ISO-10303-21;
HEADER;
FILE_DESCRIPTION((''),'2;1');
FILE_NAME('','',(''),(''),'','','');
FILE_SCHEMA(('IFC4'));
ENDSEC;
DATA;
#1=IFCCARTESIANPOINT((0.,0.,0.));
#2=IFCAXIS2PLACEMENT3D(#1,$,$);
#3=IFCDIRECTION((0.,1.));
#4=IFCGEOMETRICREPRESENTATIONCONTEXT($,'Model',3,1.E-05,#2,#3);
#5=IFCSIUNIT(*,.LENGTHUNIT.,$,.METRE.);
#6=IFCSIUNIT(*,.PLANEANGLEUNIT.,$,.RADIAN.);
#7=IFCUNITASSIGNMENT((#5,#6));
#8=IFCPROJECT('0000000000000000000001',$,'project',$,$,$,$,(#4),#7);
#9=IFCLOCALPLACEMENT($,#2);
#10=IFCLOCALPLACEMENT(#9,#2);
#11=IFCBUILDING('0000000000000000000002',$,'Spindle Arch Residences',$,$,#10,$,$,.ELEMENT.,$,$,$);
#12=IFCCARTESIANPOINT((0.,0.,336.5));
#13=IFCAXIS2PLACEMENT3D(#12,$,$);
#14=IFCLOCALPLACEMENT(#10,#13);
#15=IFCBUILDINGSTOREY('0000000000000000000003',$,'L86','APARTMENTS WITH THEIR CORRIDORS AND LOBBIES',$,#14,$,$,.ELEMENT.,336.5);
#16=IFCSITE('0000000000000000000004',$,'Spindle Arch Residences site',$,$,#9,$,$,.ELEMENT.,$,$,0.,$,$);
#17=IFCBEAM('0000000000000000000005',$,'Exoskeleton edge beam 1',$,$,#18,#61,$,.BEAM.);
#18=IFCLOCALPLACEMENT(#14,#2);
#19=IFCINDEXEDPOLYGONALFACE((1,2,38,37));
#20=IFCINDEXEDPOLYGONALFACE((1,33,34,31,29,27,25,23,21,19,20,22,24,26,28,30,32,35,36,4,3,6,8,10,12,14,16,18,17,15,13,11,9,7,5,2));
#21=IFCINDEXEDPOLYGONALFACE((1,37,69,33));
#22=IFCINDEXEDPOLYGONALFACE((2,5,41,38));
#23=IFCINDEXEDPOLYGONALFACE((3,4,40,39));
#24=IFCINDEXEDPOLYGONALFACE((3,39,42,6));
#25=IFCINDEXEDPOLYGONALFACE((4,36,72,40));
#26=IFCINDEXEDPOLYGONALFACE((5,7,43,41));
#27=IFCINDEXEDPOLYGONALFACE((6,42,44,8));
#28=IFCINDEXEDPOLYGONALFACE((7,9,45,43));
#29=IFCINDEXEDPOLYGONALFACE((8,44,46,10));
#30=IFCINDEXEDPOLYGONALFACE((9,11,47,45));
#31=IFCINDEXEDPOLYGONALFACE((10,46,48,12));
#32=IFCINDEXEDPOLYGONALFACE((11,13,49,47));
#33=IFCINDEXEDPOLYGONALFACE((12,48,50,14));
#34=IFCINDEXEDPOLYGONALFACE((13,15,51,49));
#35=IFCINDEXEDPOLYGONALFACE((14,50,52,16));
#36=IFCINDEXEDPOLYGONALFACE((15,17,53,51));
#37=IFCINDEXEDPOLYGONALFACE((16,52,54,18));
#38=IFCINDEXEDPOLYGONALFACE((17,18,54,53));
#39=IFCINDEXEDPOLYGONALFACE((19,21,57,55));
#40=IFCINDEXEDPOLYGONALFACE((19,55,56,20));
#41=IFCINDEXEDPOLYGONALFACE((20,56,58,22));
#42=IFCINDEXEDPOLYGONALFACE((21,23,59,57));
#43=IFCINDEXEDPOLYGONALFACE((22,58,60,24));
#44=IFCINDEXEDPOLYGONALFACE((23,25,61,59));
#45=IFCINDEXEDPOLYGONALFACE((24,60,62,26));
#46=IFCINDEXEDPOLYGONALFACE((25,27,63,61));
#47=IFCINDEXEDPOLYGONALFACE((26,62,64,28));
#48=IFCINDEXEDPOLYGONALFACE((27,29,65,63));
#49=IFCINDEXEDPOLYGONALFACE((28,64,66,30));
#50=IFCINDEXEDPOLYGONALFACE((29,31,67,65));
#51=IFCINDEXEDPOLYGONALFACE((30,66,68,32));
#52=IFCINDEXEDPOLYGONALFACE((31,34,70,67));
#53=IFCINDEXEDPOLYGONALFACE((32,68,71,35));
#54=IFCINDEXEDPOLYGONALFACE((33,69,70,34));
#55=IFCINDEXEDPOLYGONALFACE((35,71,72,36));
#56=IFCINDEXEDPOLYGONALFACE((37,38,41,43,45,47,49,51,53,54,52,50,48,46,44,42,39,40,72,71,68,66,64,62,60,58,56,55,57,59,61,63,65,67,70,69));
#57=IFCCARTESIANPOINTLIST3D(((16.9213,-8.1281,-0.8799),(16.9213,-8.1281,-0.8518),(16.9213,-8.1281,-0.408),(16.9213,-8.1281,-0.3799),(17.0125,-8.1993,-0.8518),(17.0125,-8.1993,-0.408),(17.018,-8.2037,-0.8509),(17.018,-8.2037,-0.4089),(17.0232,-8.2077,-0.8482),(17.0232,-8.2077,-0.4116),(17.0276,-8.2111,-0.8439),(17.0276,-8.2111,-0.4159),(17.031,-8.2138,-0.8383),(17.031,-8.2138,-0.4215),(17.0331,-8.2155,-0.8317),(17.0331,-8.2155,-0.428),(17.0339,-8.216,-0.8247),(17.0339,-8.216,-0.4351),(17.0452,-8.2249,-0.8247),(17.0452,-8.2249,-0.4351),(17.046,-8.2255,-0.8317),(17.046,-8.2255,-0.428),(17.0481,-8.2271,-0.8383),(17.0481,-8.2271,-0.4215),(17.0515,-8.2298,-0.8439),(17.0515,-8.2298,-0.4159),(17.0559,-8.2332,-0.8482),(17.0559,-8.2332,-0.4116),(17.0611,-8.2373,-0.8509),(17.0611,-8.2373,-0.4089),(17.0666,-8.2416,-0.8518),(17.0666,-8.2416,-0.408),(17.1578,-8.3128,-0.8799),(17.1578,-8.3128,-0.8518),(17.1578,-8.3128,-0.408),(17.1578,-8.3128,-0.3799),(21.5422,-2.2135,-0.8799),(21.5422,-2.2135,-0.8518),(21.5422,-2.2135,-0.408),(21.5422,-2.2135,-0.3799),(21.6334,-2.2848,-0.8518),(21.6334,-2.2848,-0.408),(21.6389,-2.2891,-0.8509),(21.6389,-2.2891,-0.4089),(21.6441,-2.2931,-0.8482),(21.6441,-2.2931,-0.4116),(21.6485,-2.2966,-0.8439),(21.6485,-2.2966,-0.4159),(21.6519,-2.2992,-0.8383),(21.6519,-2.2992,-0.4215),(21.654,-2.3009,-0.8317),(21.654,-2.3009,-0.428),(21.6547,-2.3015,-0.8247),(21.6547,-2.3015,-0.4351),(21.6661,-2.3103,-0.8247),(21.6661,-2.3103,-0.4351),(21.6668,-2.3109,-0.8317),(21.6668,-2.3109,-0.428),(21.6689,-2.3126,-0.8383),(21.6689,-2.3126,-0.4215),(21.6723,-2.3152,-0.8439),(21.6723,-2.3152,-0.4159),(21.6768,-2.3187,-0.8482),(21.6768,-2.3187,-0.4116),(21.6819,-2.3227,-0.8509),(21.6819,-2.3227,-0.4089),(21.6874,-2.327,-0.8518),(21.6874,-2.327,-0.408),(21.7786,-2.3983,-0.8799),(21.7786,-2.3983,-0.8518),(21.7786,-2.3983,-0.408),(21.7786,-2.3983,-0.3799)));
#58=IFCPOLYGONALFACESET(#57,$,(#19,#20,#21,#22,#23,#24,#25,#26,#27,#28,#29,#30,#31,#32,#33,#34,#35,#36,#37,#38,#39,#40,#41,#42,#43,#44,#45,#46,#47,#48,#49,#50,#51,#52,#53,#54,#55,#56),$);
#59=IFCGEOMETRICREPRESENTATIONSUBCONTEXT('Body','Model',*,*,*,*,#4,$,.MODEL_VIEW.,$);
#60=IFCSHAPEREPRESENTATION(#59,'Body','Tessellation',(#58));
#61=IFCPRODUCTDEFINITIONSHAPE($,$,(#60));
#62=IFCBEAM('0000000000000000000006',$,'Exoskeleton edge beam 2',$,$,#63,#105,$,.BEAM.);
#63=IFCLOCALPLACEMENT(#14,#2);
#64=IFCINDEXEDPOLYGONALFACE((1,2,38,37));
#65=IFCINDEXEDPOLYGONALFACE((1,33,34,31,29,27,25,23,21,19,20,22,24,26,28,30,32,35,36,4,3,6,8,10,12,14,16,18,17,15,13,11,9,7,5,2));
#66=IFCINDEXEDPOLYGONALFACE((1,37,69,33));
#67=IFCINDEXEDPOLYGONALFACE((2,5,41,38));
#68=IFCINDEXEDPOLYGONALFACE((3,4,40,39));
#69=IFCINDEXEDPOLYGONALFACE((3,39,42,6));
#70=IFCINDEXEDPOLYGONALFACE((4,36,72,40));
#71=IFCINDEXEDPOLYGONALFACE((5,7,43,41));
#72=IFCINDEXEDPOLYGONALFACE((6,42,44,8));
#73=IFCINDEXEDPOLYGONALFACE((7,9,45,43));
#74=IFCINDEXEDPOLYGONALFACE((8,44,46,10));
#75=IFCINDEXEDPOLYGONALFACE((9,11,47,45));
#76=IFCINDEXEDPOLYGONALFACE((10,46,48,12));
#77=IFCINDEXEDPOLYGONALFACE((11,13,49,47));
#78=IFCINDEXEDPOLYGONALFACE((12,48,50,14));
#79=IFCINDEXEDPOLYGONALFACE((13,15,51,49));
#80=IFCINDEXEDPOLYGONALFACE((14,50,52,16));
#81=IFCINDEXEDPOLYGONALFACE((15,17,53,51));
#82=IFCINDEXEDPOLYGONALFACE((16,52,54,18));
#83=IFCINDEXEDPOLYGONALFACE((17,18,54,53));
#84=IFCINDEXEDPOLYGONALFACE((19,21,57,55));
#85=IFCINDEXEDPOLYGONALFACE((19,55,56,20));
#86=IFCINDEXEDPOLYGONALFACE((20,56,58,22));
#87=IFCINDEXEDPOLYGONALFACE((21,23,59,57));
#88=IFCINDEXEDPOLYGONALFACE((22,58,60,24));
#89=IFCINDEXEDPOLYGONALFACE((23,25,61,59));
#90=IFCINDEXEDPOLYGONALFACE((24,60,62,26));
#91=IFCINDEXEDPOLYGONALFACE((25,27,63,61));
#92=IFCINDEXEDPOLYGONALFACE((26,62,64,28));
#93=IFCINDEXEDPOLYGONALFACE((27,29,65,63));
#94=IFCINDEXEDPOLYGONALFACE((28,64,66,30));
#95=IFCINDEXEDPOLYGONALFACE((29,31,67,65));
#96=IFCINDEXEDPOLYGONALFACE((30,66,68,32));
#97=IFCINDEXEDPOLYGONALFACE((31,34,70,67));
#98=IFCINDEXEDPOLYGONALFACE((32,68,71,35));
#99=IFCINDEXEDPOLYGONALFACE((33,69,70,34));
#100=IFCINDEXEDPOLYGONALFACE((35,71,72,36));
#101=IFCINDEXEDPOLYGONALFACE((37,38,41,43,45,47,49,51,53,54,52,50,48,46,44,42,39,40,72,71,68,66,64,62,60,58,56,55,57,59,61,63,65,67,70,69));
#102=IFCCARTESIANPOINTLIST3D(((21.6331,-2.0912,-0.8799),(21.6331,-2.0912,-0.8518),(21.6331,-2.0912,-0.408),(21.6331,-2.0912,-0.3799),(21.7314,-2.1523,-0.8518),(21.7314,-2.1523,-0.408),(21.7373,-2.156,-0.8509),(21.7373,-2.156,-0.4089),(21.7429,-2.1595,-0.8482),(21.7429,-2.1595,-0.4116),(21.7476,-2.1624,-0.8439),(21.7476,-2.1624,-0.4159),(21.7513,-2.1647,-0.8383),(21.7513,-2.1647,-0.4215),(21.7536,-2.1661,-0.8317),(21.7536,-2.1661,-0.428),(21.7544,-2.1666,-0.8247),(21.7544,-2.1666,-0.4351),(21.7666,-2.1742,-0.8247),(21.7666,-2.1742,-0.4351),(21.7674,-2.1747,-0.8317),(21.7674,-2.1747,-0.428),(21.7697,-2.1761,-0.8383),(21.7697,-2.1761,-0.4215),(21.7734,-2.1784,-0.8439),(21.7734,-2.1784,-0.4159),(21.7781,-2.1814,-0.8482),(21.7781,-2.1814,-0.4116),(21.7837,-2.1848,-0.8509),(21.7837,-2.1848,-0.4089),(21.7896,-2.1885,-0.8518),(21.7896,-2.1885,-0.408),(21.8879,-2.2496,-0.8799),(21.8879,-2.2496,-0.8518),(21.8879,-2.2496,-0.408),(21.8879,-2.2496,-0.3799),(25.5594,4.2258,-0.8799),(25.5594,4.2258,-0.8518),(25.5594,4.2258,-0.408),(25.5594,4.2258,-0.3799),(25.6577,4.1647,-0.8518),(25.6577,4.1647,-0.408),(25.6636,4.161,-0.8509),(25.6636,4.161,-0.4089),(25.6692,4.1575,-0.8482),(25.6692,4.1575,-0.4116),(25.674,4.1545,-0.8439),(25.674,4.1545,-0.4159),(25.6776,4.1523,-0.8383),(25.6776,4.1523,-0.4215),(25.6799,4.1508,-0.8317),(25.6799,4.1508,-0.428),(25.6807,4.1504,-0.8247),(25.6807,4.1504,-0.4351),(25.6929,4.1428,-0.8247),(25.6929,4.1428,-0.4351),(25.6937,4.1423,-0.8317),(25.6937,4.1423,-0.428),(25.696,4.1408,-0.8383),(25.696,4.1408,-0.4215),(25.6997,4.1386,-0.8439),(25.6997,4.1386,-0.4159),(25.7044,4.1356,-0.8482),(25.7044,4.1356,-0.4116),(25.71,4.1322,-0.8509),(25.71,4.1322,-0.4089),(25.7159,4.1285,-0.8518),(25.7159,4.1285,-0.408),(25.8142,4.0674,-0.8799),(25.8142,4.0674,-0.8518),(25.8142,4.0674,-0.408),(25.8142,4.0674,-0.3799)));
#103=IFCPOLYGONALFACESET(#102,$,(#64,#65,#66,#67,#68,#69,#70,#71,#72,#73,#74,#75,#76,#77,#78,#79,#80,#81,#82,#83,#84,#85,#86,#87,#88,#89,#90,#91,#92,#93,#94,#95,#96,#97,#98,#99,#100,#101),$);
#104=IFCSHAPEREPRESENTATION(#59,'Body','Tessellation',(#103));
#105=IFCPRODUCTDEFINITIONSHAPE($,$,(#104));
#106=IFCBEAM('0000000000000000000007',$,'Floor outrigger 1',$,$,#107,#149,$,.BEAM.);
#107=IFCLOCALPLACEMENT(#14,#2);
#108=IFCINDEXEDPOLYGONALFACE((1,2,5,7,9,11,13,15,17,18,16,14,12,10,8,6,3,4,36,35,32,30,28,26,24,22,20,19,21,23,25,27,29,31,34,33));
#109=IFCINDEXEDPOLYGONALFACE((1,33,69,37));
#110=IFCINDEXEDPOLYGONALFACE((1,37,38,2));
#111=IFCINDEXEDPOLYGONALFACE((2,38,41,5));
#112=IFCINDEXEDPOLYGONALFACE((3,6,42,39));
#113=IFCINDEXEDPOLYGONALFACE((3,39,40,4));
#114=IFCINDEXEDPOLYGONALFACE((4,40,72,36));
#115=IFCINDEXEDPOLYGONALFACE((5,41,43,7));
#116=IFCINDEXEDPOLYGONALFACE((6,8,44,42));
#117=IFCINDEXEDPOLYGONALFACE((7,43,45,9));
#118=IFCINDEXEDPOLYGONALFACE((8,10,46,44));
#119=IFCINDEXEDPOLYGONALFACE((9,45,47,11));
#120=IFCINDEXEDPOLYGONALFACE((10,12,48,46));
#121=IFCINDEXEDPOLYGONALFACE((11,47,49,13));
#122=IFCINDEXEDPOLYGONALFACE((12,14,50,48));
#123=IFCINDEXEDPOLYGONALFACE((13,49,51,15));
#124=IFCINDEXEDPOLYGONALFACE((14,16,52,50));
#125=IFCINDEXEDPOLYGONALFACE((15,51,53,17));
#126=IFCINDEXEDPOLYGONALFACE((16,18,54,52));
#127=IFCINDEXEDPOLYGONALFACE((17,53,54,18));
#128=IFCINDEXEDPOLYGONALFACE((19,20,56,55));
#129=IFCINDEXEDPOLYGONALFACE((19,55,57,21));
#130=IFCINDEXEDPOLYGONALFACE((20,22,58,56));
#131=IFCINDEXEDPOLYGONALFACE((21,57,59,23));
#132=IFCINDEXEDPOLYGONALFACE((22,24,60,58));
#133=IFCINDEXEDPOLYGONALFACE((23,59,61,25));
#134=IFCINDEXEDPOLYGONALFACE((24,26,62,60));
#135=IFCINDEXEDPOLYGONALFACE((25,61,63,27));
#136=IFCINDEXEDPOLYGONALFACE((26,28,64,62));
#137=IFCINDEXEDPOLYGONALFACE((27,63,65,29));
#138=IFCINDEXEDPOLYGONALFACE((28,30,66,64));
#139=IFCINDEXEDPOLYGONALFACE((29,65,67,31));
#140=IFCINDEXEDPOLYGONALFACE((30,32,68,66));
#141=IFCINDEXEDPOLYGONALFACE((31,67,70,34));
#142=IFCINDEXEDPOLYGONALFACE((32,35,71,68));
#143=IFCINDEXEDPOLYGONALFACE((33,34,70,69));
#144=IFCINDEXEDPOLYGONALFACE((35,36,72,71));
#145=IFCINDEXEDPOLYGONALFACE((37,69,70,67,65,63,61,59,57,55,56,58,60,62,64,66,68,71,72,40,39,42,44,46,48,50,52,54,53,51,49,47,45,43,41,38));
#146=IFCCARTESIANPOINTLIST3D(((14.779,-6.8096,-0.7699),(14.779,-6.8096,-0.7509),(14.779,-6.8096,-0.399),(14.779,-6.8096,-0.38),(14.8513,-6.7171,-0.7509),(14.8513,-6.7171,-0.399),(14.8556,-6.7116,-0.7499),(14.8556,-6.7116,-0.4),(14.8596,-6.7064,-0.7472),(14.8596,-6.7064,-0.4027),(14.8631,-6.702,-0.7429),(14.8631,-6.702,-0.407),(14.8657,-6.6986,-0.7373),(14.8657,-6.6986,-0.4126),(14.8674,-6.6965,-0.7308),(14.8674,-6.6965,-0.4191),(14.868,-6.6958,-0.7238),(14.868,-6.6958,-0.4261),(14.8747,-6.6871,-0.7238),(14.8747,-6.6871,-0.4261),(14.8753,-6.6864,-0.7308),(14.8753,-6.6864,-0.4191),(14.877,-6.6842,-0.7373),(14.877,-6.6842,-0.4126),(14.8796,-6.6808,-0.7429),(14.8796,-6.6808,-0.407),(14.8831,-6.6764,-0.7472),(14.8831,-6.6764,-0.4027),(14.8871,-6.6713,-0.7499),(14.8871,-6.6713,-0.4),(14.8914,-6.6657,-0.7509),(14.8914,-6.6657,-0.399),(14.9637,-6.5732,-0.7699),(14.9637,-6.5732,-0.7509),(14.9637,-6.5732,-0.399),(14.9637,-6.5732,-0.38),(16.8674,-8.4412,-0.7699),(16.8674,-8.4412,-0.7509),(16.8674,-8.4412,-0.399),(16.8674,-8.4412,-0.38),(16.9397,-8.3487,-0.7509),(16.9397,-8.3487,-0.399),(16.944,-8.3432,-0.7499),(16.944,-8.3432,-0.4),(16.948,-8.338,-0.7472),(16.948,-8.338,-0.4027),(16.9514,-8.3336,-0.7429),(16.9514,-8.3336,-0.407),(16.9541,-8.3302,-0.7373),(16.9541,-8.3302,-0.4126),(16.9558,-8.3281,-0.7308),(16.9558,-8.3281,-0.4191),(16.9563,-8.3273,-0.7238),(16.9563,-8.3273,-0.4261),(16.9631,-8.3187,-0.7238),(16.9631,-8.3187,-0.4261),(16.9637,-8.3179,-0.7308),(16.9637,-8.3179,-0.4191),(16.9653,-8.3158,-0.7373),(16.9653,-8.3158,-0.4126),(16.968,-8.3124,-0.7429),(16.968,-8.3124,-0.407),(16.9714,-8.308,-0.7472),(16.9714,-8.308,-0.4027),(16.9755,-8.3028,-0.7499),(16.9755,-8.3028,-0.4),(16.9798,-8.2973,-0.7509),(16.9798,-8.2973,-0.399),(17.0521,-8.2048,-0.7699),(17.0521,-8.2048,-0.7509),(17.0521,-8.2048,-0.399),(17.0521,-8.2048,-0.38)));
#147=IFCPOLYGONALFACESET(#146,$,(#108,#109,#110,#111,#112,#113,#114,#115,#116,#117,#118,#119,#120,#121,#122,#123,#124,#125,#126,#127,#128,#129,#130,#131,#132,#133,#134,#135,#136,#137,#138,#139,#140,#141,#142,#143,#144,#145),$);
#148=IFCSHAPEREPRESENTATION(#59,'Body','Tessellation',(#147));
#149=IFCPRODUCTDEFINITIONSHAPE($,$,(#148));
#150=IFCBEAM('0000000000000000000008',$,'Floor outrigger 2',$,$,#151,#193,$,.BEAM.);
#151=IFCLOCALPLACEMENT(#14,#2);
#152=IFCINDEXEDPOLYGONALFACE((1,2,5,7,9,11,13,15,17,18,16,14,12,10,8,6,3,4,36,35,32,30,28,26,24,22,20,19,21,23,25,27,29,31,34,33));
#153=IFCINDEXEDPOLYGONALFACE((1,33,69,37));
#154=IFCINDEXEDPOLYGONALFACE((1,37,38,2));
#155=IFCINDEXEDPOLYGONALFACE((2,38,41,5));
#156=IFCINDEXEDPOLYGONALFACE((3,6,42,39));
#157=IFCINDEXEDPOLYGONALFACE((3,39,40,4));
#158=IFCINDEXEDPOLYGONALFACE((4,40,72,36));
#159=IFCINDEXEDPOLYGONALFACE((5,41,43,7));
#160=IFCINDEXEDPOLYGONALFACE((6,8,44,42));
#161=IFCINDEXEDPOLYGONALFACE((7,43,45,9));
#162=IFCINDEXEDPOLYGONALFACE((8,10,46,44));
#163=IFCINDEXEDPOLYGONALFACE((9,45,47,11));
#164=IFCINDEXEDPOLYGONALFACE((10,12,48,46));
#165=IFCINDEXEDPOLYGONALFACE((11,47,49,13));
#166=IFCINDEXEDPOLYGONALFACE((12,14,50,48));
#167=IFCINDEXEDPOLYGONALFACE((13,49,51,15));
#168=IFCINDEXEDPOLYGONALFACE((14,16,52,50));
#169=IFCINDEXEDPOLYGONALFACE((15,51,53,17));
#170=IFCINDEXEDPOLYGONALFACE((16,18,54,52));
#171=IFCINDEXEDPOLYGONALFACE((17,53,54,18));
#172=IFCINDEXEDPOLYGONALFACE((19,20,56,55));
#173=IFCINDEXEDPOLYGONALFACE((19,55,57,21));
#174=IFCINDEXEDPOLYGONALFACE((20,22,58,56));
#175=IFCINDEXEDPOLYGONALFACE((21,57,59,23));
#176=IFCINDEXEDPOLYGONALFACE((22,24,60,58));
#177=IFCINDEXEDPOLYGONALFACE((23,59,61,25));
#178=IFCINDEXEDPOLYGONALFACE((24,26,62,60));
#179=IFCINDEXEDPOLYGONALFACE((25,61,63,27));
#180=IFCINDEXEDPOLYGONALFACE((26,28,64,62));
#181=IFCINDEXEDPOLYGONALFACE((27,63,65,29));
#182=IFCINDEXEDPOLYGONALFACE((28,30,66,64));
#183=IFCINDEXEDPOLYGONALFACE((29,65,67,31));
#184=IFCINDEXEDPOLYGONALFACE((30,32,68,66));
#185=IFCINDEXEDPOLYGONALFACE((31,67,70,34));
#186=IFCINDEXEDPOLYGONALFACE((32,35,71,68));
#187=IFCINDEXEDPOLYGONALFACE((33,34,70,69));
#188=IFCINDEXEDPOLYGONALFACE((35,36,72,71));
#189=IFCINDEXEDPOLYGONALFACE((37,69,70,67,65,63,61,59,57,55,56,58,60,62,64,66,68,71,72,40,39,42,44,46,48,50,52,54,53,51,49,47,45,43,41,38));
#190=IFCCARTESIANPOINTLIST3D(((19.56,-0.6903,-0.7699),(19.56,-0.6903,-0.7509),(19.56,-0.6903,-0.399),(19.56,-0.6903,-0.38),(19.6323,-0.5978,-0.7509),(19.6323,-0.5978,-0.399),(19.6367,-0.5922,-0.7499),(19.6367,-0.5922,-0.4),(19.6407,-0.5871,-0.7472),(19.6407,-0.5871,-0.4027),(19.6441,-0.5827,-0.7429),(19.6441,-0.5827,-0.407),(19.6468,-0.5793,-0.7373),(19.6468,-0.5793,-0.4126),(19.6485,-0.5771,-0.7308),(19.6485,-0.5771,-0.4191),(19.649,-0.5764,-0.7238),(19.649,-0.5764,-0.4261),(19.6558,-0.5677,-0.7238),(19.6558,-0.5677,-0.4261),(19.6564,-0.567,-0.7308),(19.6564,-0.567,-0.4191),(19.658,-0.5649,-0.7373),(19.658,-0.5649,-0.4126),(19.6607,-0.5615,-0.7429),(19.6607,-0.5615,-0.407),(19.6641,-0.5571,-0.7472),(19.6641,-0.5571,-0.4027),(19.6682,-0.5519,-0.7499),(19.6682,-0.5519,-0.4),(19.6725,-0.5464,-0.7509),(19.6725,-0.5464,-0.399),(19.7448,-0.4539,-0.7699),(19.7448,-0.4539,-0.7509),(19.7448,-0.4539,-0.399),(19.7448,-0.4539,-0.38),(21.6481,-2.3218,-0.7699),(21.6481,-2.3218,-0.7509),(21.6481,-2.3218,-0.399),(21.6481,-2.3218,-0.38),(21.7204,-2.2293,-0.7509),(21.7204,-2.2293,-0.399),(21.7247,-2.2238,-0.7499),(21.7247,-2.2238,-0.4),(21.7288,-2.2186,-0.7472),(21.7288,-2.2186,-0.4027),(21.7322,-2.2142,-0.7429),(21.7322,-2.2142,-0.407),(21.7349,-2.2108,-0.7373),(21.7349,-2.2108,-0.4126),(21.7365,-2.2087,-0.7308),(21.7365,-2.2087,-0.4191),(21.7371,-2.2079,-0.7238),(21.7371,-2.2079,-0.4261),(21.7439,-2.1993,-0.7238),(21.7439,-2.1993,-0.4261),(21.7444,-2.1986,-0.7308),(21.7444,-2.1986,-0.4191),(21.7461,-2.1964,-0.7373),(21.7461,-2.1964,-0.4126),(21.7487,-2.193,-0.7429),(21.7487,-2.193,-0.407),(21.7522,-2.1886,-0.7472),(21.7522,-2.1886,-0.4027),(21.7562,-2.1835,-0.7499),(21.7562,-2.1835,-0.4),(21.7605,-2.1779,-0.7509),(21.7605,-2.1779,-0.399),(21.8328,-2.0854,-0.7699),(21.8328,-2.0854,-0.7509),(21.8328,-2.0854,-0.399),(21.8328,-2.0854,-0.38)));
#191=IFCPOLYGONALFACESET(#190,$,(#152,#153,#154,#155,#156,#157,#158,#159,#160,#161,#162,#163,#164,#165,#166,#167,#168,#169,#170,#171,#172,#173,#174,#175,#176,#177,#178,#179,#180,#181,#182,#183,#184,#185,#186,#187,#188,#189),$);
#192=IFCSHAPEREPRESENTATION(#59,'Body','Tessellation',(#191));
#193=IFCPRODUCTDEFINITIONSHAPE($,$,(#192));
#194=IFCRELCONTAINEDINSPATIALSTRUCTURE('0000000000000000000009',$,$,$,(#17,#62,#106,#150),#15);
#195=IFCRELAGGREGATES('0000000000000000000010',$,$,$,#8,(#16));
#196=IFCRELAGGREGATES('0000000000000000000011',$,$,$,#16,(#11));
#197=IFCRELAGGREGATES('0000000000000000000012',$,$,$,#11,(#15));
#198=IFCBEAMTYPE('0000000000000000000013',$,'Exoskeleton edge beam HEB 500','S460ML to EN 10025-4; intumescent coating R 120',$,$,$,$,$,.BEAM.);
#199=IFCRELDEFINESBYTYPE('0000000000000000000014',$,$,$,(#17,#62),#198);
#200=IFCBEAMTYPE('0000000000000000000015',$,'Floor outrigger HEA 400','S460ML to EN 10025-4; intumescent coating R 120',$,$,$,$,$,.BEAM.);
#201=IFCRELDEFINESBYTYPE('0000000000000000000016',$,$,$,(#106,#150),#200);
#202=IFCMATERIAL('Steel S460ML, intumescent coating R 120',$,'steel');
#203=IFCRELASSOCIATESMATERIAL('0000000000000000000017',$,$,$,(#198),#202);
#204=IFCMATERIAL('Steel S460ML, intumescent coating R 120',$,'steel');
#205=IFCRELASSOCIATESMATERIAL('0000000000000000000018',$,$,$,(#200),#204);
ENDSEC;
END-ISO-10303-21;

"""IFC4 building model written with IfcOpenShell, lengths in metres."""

from ifc_helpers import new_model, si_unit, direction, frame, origin, origin_2d, place, context, subcontext, project, spatial, i_section, extrude, material, material_profile, profile_set, type_object, element, save


model = new_model("IFC4")

# Units and contexts
model_context = context("Model", 3, precision=1e-05, world=origin(), true_north=direction((0.0, 1.0)))
body_context = subcontext(model_context, "Body", "Model", "MODEL_VIEW")
ifc_project = project(units=[si_unit("LENGTHUNIT", "METRE"), si_unit("PLANEANGLEUNIT", "RADIAN")], contexts=[model_context])

# Site, building, storey
site_placement = place(None, origin())
site = spatial("IfcSite", under=ifc_project, at=site_placement, Name="Spindle Arch Residences site", CompositionType="ELEMENT", RefElevation=0.0)
building_placement = place(site_placement, origin())
building = spatial("IfcBuilding", under=site, at=building_placement, Name="Spindle Arch Residences", CompositionType="ELEMENT")
storey_placement = place(building_placement, frame((0.0, 0.0, 336.5)))
storey = spatial("IfcBuildingStorey", under=building, at=storey_placement, Name="L86", Description="APARTMENTS WITH THEIR CORRIDORS AND LOBBIES", CompositionType="ELEMENT", Elevation=336.5)

# Beams
ifc_material_1 = material(Name="Steel S460ML, intumescent coating R 120", Category="steel")
ifc_material_profile_1 = material_profile(ifc_material_1, i_section(OverallWidth=0.3, OverallDepth=0.5, WebThickness=0.0144, FlangeThickness=0.0281, FilletRadius=0.0271, at=origin_2d()), Name="HEB 500")
ifc_profile_set_1 = profile_set([ifc_material_profile_1], Name="Steel S460ML, intumescent coating R 120")
beam_type_1 = type_object("IfcBeamType", Name="Exoskeleton edge beam HEB 500", Description="S460ML to EN 10025-4; intumescent coating R 120", PredefinedType="BEAM", material=ifc_profile_set_1)
beam_1_placement = place(storey_placement, frame((17.0396, -8.2205, -0.6299), z_axis=(0.615653, 0.788017, 0.0), x_axis=(-0.788017, 0.615653, 0.0)))
element("IfcBeam", 1, at=beam_1_placement, inside=storey, type_object=beam_type_1, Name="Exoskeleton edge beam 1", PredefinedType="BEAM", context=body_context, shape_type="SweptSolid", body=[
    extrude(i_section(OverallWidth=0.3, OverallDepth=0.5, WebThickness=0.0144, FlangeThickness=0.0281, FilletRadius=0.0271, at=origin_2d()), origin(), (0.0, 0.0, 1.0), 7.5056),
])
beam_2_placement = place(storey_placement, frame((21.7605, -2.1704, -0.6299), z_axis=(0.527891, 0.849312, 0.0), x_axis=(-0.849312, 0.527891, 0.0)))
element("IfcBeam", 2, at=beam_2_placement, inside=storey, type_object=beam_type_1, Name="Exoskeleton edge beam 2", PredefinedType="BEAM", context=body_context, shape_type="SweptSolid", body=[
    extrude(i_section(OverallWidth=0.3, OverallDepth=0.5, WebThickness=0.0144, FlangeThickness=0.0281, FilletRadius=0.0271, at=origin_2d()), origin(), (0.0, 0.0, 1.0), 7.4377),
])
ifc_material_2 = material(Name="Steel S460ML, intumescent coating R 120", Category="steel")
ifc_material_profile_2 = material_profile(ifc_material_2, i_section(OverallWidth=0.3, OverallDepth=0.3899, WebThickness=0.011, FlangeThickness=0.019, FilletRadius=0.0271, at=origin_2d()), Name="HEA 400")
ifc_profile_set_2 = profile_set([ifc_material_profile_2], Name="Steel S460ML, intumescent coating R 120")
beam_type_2 = type_object("IfcBeamType", Name="Floor outrigger HEA 400", Description="S460ML to EN 10025-4; intumescent coating R 120", PredefinedType="BEAM", material=ifc_profile_set_2)
beam_3_placement = place(storey_placement, frame((16.9597, -8.323, -0.575), z_axis=(-0.788016, 0.615655, 0.0), x_axis=(-0.615655, -0.788016, 0.0)))
element("IfcBeam", 3, at=beam_3_placement, inside=storey, type_object=beam_type_2, Name="Floor outrigger 1", PredefinedType="BEAM", context=body_context, shape_type="SweptSolid", body=[
    extrude(i_section(OverallWidth=0.3, OverallDepth=0.3899, WebThickness=0.011, FlangeThickness=0.019, FilletRadius=0.0271, at=origin_2d()), origin(), (0.0, 0.0, 1.0), 2.6501),
])
beam_4_placement = place(storey_placement, frame((21.7405, -2.2036, -0.575), z_axis=(-0.787981, 0.615699, 0.0), x_axis=(-0.615699, -0.787981, 0.0)))
element("IfcBeam", 4, at=beam_4_placement, inside=storey, type_object=beam_type_2, Name="Floor outrigger 2", PredefinedType="BEAM", context=body_context, shape_type="SweptSolid", body=[
    extrude(i_section(OverallWidth=0.3, OverallDepth=0.3899, WebThickness=0.011, FlangeThickness=0.019, FilletRadius=0.0271, at=origin_2d()), origin(), (0.0, 0.0, 1.0), 2.6499),
])

save(model, "model.ifc")
